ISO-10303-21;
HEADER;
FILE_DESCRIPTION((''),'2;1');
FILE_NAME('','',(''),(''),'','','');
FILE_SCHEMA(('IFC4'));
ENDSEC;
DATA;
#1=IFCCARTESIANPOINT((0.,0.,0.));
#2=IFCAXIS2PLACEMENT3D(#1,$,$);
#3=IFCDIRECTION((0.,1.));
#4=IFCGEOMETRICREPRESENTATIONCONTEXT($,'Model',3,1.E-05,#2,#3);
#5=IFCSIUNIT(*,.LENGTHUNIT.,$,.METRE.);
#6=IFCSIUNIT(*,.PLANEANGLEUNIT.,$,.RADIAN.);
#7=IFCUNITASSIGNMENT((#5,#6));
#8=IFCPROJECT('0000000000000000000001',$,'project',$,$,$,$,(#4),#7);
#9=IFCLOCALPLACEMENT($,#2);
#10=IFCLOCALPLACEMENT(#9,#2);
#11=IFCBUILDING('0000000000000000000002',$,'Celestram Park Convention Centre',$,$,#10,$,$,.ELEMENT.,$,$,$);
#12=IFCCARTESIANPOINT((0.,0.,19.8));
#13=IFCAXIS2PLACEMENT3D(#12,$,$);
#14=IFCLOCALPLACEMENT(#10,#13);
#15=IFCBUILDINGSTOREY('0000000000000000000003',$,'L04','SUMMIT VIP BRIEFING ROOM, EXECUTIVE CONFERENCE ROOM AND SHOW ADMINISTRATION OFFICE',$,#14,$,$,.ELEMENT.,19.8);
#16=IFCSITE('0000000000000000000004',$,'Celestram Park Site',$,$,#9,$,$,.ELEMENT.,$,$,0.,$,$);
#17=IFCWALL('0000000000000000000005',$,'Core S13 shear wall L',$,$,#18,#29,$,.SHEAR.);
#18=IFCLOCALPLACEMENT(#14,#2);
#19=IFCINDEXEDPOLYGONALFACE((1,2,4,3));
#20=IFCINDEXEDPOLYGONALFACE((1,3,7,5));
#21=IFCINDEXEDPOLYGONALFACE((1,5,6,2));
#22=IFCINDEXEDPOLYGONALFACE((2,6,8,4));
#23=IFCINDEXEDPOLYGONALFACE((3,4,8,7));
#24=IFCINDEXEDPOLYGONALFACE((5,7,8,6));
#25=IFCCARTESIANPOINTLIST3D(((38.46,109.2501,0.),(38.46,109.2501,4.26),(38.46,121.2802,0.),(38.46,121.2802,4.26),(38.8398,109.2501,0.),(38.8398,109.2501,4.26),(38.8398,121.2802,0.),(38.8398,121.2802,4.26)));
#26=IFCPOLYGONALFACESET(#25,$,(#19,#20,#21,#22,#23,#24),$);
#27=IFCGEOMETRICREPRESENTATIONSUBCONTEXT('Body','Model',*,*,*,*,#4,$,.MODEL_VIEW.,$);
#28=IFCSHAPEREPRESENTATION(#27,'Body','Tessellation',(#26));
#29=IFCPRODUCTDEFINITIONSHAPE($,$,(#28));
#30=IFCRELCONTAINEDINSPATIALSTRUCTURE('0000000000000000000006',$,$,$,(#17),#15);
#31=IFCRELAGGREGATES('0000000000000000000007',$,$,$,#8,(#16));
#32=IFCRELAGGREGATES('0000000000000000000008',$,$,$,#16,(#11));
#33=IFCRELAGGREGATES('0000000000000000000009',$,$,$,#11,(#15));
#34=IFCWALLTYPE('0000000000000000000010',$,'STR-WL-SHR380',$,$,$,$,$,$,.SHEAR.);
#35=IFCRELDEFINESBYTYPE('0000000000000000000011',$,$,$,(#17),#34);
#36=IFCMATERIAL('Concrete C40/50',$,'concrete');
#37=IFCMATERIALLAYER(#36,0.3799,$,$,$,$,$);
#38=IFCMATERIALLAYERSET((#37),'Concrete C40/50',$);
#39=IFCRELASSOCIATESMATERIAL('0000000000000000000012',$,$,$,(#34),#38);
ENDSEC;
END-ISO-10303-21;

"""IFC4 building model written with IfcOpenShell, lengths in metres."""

from ifc_helpers import new_model, si_unit, direction, frame, frame_2d, origin, place, context, subcontext, project, spatial, rectangle, extrude, material, layer, layer_set, type_object, element, save


model = new_model("IFC4")

# Units and contexts
model_context = context("Model", 3, precision=1e-05, world=origin(), true_north=direction((0.0, 1.0)))
body_context = subcontext(model_context, "Body", "Model", "MODEL_VIEW")
ifc_project = project(units=[si_unit("LENGTHUNIT", "METRE"), si_unit("PLANEANGLEUNIT", "RADIAN")], contexts=[model_context])

# Site, building, storey
site_placement = place(None, origin())
site = spatial("IfcSite", under=ifc_project, at=site_placement, Name="Celestram Park Site", CompositionType="ELEMENT", RefElevation=0.0)
building_placement = place(site_placement, origin())
building = spatial("IfcBuilding", under=site, at=building_placement, Name="Celestram Park Convention Centre", CompositionType="ELEMENT")
storey_placement = place(building_placement, frame((0.0, 0.0, 19.8)))
storey = spatial("IfcBuildingStorey", under=building, at=storey_placement, Name="L04", Description="SUMMIT VIP BRIEFING ROOM, EXECUTIVE CONFERENCE ROOM AND SHOW ADMINISTRATION OFFICE", CompositionType="ELEMENT", Elevation=19.8)

# Wall
ifc_material_1 = material(Name="Concrete C40/50", Category="concrete")
ifc_layer_1 = layer(ifc_material_1, 0.3799)
ifc_layer_set_1 = layer_set([ifc_layer_1], Name="Concrete C40/50")
wall_type = type_object("IfcWallType", Name="STR-WL-SHR380", PredefinedType="SHEAR", material=ifc_layer_set_1)
wall_placement = place(storey_placement, frame((38.6499, 109.25, 0.0), z_axis=(0.0, 0.0, 1.0), x_axis=(0.0, 1.0, 0.0)))
element("IfcWall", 1, at=wall_placement, inside=storey, type_object=wall_type, Name="Core S13 shear wall L", PredefinedType="SHEAR", context=body_context, shape_type="SweptSolid", body=[
    extrude(rectangle(XDim=12.03, YDim=0.3799, at=frame_2d((6.0151, 0.0))), origin(), (0.0, 0.0, 1.0), 4.26),
])

save(model, "model.ifc")
